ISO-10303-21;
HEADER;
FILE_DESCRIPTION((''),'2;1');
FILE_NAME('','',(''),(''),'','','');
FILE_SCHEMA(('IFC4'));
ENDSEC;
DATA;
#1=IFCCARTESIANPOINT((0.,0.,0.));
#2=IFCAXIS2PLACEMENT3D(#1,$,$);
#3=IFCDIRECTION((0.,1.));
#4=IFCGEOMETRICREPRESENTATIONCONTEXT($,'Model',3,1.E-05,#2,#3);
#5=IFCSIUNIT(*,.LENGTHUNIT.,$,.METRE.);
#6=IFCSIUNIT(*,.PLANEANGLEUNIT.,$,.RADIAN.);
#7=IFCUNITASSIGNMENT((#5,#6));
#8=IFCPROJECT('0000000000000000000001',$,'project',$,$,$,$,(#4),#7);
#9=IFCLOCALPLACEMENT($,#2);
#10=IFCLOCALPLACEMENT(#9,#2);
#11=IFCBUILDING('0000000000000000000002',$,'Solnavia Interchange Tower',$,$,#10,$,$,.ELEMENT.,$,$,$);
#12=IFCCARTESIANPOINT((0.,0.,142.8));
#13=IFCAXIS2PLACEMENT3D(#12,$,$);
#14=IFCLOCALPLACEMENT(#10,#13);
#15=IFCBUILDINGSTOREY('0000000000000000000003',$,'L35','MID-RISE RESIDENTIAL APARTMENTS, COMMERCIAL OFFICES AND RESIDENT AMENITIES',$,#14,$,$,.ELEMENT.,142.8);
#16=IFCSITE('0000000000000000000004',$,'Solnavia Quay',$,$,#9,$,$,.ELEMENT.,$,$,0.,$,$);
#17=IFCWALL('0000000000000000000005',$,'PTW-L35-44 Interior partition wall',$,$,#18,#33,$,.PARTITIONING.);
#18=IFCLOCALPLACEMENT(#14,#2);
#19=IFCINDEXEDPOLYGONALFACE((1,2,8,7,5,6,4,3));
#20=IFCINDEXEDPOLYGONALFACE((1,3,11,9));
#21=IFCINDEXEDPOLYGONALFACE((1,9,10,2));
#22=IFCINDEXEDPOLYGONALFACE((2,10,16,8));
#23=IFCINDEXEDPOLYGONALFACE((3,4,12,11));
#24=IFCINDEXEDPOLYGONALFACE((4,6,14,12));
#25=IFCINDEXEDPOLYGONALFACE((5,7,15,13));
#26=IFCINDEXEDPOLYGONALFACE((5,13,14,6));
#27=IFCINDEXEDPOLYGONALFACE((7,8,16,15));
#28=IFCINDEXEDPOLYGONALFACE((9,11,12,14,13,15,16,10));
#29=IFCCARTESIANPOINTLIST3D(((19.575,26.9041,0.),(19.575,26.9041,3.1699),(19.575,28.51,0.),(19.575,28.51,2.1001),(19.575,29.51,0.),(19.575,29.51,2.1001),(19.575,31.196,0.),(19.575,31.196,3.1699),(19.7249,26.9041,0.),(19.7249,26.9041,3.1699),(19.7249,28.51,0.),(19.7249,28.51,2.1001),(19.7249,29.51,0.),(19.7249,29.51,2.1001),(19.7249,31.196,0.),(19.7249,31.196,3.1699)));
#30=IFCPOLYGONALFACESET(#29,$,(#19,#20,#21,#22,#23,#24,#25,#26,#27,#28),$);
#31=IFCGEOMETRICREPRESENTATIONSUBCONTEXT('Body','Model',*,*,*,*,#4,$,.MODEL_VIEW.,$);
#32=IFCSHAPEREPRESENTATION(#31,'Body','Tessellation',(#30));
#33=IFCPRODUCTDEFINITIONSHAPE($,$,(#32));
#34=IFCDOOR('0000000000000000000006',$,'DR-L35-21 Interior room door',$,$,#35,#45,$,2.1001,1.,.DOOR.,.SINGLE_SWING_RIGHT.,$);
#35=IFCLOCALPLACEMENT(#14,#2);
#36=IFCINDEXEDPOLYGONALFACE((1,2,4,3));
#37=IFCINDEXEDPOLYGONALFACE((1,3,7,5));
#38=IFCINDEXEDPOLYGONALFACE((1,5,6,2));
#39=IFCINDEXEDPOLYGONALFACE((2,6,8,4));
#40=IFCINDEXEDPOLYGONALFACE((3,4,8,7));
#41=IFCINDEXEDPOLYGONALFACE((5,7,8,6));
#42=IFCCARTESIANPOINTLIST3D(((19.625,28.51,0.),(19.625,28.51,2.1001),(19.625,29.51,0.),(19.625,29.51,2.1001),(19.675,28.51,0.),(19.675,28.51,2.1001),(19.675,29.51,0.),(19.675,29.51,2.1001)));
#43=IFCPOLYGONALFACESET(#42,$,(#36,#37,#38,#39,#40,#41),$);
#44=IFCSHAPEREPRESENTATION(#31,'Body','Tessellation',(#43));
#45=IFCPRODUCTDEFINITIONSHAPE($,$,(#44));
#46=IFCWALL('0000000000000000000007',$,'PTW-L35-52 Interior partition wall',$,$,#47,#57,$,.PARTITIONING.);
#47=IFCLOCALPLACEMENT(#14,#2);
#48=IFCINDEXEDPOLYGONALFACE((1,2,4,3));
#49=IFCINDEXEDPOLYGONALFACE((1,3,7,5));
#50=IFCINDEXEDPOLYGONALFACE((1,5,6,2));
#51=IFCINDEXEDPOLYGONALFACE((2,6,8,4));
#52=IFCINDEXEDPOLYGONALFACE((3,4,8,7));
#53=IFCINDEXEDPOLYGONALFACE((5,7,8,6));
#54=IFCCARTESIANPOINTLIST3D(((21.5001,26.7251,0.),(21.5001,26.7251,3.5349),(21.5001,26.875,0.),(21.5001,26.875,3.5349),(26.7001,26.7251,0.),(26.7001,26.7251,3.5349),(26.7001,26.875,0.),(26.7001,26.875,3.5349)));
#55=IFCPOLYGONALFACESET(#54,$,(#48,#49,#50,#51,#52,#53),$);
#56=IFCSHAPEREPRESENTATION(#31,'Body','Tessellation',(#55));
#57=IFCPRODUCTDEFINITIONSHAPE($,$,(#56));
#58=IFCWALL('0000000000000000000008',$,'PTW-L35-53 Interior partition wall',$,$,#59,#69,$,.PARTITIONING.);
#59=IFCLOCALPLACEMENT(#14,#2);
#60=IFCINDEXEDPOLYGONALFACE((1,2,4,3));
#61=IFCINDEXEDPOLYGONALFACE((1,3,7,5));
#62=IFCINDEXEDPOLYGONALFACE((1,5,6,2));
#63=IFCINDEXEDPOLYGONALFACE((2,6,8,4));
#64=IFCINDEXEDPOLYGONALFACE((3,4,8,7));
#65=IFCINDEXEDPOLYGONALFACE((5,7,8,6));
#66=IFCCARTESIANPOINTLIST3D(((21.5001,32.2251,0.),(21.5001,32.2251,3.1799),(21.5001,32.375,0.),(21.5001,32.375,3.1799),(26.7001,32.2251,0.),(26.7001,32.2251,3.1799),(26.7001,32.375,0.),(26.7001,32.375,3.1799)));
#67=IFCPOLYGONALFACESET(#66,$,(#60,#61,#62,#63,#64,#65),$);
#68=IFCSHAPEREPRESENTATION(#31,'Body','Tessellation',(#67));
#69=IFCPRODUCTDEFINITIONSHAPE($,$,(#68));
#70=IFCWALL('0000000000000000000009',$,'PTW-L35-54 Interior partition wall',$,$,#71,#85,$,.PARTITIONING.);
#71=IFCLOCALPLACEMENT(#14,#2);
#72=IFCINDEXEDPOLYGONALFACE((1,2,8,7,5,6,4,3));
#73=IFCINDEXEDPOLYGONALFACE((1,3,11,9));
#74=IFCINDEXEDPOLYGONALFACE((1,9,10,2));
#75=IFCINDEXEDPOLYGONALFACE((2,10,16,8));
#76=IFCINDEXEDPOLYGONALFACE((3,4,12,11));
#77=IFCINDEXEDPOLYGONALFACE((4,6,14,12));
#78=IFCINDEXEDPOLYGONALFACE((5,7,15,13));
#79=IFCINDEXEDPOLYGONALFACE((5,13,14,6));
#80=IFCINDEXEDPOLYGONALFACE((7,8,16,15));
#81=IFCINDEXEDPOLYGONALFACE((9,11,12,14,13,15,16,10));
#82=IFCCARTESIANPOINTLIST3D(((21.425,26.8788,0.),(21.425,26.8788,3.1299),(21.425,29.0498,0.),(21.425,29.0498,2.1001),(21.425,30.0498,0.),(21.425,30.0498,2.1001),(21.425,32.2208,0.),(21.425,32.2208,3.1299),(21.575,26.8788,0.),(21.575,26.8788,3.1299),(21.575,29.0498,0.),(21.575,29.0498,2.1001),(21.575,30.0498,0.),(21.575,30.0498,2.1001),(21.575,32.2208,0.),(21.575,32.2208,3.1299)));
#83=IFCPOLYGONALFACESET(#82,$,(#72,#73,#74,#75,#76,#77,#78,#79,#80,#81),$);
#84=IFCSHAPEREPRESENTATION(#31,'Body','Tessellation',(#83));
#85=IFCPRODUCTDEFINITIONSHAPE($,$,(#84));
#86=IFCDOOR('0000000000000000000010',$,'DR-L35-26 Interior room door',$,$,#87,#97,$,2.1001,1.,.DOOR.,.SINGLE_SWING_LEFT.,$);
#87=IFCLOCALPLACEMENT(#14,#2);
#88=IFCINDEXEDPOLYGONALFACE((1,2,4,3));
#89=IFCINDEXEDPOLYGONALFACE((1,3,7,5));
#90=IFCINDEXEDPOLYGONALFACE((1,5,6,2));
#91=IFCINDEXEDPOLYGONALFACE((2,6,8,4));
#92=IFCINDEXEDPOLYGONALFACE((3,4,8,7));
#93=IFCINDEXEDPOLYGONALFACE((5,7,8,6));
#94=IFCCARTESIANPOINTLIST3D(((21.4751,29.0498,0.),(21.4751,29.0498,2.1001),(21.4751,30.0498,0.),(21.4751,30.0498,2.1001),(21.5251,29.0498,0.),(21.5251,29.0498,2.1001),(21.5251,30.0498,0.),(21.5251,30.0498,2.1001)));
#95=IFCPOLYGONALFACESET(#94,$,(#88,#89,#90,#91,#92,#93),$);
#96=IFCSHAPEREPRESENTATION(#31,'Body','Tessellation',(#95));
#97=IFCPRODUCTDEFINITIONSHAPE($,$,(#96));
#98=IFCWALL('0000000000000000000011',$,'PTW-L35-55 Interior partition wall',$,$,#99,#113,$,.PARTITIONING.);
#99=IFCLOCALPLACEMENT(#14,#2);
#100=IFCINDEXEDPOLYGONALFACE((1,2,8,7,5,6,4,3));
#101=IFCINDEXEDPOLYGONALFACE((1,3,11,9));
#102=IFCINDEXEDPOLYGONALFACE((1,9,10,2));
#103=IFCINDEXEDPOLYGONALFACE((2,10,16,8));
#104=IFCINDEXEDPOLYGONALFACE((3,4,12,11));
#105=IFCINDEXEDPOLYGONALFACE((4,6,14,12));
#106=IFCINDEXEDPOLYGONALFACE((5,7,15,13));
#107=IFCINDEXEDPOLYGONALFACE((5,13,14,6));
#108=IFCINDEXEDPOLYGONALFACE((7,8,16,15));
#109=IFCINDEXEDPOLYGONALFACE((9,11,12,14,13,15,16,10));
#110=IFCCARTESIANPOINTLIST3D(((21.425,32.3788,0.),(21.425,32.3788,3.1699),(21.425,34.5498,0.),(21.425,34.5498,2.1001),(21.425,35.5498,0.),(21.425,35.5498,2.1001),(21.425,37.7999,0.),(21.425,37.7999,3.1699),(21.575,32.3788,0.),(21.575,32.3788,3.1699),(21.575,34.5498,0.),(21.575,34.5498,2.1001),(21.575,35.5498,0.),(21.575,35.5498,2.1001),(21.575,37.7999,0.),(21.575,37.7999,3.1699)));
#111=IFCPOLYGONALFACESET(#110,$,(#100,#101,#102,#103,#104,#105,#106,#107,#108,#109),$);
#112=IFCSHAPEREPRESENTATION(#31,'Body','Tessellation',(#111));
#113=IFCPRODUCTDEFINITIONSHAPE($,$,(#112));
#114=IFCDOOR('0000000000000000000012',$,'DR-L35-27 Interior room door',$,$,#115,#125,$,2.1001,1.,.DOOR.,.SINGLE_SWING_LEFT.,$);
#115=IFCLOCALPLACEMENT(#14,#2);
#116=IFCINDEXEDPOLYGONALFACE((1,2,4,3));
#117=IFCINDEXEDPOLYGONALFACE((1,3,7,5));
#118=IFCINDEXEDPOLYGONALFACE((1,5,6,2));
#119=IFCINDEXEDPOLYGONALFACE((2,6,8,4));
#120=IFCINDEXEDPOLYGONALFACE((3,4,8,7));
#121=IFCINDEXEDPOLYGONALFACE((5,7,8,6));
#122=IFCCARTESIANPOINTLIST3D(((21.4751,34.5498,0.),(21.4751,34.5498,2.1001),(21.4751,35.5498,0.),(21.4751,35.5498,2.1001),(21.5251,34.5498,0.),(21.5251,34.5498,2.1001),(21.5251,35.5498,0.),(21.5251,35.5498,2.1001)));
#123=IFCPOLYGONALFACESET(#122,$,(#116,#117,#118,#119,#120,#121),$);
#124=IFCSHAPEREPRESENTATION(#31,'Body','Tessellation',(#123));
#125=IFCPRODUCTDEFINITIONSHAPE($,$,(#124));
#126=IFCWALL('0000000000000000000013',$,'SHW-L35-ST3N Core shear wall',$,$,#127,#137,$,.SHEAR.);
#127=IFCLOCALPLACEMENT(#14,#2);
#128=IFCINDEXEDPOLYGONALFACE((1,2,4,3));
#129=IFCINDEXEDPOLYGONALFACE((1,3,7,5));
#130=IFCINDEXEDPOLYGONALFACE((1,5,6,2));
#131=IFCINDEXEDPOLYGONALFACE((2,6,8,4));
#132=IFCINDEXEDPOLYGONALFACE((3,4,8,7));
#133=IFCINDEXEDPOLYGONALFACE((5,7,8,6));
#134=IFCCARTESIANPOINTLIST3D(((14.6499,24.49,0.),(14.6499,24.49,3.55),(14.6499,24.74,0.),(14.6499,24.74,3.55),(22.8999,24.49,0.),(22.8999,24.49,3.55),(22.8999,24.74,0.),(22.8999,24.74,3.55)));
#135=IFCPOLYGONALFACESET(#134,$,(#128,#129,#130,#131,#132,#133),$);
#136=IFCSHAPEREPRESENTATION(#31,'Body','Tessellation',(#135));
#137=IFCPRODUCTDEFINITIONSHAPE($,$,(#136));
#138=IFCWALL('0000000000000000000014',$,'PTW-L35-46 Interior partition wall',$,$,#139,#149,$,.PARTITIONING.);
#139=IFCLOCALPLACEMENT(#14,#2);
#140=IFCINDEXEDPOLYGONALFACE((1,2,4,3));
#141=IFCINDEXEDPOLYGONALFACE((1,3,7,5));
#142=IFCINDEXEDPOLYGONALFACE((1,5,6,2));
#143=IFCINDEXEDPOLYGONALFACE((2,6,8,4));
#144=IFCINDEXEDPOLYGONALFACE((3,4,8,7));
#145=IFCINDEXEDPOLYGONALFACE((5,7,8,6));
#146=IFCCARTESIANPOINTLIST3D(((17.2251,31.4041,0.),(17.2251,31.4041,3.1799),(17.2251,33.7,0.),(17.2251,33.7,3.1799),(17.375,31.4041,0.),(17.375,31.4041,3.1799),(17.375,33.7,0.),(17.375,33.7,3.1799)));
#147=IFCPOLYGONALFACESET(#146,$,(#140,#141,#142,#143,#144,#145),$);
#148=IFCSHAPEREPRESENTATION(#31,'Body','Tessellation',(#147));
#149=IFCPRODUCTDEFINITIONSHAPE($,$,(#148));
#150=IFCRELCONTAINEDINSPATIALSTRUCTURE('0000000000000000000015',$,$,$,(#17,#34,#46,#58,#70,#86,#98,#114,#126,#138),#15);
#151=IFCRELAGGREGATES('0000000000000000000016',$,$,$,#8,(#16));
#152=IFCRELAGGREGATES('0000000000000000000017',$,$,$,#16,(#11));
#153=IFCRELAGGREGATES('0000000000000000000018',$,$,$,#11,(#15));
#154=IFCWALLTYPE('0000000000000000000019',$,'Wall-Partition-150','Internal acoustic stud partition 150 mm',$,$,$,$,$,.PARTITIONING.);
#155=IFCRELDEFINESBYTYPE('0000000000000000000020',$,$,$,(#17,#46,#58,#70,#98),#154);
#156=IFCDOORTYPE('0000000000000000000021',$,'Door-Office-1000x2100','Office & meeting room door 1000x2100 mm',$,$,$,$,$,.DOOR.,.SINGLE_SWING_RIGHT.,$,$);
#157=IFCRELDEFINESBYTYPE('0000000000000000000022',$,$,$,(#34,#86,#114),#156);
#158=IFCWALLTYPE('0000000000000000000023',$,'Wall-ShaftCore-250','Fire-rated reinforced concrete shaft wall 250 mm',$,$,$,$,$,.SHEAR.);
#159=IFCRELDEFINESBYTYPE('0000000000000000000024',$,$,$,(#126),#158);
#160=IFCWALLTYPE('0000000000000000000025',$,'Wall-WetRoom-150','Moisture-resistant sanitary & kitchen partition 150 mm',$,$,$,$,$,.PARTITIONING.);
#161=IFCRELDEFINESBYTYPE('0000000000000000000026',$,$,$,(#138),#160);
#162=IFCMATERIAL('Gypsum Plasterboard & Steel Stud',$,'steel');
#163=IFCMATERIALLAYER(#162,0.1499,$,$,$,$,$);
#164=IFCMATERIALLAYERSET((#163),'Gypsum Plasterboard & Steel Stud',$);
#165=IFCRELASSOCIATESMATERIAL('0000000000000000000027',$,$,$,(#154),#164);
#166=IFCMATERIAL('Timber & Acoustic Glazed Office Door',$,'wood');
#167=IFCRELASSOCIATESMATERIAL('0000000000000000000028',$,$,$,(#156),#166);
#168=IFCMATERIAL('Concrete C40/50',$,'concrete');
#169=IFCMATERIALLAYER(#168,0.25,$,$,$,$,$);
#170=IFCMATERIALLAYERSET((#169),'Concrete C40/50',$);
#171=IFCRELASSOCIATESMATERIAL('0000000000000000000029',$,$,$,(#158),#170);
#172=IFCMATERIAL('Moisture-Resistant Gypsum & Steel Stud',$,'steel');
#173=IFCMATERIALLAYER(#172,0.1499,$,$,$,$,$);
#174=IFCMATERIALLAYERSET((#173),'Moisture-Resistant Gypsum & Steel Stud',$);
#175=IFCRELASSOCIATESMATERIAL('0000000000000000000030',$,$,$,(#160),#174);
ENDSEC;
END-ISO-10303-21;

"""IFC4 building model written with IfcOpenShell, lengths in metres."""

from ifc_helpers import new_model, si_unit, direction, frame, frame_2d, origin, place, context, subcontext, project, spatial, rectangle, extrude, material, layer, layer_set, type_object, element, fill, save


model = new_model("IFC4")

# Units and contexts
model_context = context("Model", 3, precision=1e-05, world=origin(), true_north=direction((0.0, 1.0)))
body_context = subcontext(model_context, "Body", "Model", "MODEL_VIEW")
ifc_project = project(units=[si_unit("LENGTHUNIT", "METRE"), si_unit("PLANEANGLEUNIT", "RADIAN")], contexts=[model_context])

# Site, building, storey
site_placement = place(None, origin())
site = spatial("IfcSite", under=ifc_project, at=site_placement, Name="Solnavia Quay", CompositionType="ELEMENT", RefElevation=0.0)
building_placement = place(site_placement, origin())
building = spatial("IfcBuilding", under=site, at=building_placement, Name="Solnavia Interchange Tower", CompositionType="ELEMENT")
storey_placement = place(building_placement, frame((0.0, 0.0, 142.8)))
storey = spatial("IfcBuildingStorey", under=building, at=storey_placement, Name="L35", Description="MID-RISE RESIDENTIAL APARTMENTS, COMMERCIAL OFFICES AND RESIDENT AMENITIES", CompositionType="ELEMENT", Elevation=142.8)

# Wall, opening, door
ifc_material_1 = material(Name="Gypsum Plasterboard & Steel Stud", Category="steel")
ifc_layer_1 = layer(ifc_material_1, 0.1499)
ifc_layer_set_1 = layer_set([ifc_layer_1], Name="Gypsum Plasterboard & Steel Stud")
wall_type_1 = type_object("IfcWallType", Name="Wall-Partition-150", Description="Internal acoustic stud partition 150 mm", PredefinedType="PARTITIONING", material=ifc_layer_set_1)
wall_1_placement = place(storey_placement, frame((19.6499, 26.9041, 0.0), z_axis=(0.0, 0.0, 1.0), x_axis=(0.0, 1.0, 0.0)))
wall_1 = element("IfcWall", 1, at=wall_1_placement, inside=storey, type_object=wall_type_1, Name="PTW-L35-44 Interior partition wall", PredefinedType="PARTITIONING", context=body_context, shape_type="SweptSolid", body=[
    extrude(rectangle(XDim=4.292, YDim=0.1499, at=frame_2d((2.146, 0.0))), origin(), (0.0, 0.0, 1.0), 3.1699),
])
opening_1_placement = place(wall_1_placement, frame((1.606, 0.0, 0.0)))
opening_1 = element("IfcOpeningElement", 2, at=opening_1_placement, cuts=wall_1, PredefinedType="OPENING", context=body_context, shape_type="SweptSolid", body=[
    extrude(rectangle(XDim=1.0, YDim=2.1001, at=frame_2d((0.5, 1.05))), frame((0.0, 0.085, 0.0), z_axis=(0.0, -1.0, 0.0), x_axis=(1.0, 0.0, 0.0)), (0.0, 0.0, 1.0), 0.1699),
])
ifc_material_2 = material(Name="Timber & Acoustic Glazed Office Door", Category="wood")
door_type = type_object("IfcDoorType", Name="Door-Office-1000x2100", Description="Office & meeting room door 1000x2100 mm", OperationType="SINGLE_SWING_RIGHT", PredefinedType="DOOR", material=ifc_material_2)
door_1_placement = place(opening_1_placement, origin())
door_1 = element("IfcDoor", 3, at=door_1_placement, inside=storey, type_object=door_type, Name="DR-L35-21 Interior room door", OperationType="SINGLE_SWING_RIGHT", OverallHeight=2.1001, OverallWidth=1.0, PredefinedType="DOOR", context=body_context, shape_type="SweptSolid", body=[
    extrude(rectangle(XDim=1.0, YDim=2.1001, at=frame_2d((0.5, 1.05))), frame((0.0, 0.0249, 0.0), z_axis=(0.0, -1.0, 0.0), x_axis=(1.0, 0.0, 0.0)), (0.0, 0.0, 1.0), 0.05),
])
fill(opening_1, door_1)

# Walls
wall_2_placement = place(storey_placement, frame((21.5, 26.8, 0.0), z_axis=(0.0, 0.0, 1.0), x_axis=(1.0, 0.0, 0.0)))
element("IfcWall", 4, at=wall_2_placement, inside=storey, type_object=wall_type_1, Name="PTW-L35-52 Interior partition wall", PredefinedType="PARTITIONING", context=body_context, shape_type="SweptSolid", body=[
    extrude(rectangle(XDim=5.2, YDim=0.1499, at=frame_2d((2.6001, 0.0))), origin(), (0.0, 0.0, 1.0), 3.5349),
])
wall_3_placement = place(storey_placement, frame((21.5, 32.3, 0.0), z_axis=(0.0, 0.0, 1.0), x_axis=(1.0, 0.0, 0.0)))
element("IfcWall", 5, at=wall_3_placement, inside=storey, type_object=wall_type_1, Name="PTW-L35-53 Interior partition wall", PredefinedType="PARTITIONING", context=body_context, shape_type="SweptSolid", body=[
    extrude(rectangle(XDim=5.2, YDim=0.1499, at=frame_2d((2.6001, 0.0))), origin(), (0.0, 0.0, 1.0), 3.1799),
])

# Walls, openings, doors
wall_4_placement = place(storey_placement, frame((21.5, 26.8789, 0.0), z_axis=(0.0, 0.0, 1.0), x_axis=(0.0, 1.0, 0.0)))
wall_4 = element("IfcWall", 6, at=wall_4_placement, inside=storey, type_object=wall_type_1, Name="PTW-L35-54 Interior partition wall", PredefinedType="PARTITIONING", context=body_context, shape_type="SweptSolid", body=[
    extrude(rectangle(XDim=5.342, YDim=0.1499, at=frame_2d((2.6709, 0.0))), origin(), (0.0, 0.0, 1.0), 3.1299),
])
opening_2_placement = place(wall_4_placement, frame((2.1709, 0.0, 0.0)))
opening_2 = element("IfcOpeningElement", 7, at=opening_2_placement, cuts=wall_4, PredefinedType="OPENING", context=body_context, shape_type="SweptSolid", body=[
    extrude(rectangle(XDim=1.0, YDim=2.1001, at=frame_2d((0.5, 1.05))), frame((0.0, 0.085, 0.0), z_axis=(0.0, -1.0, 0.0), x_axis=(1.0, 0.0, 0.0)), (0.0, 0.0, 1.0), 0.1699),
])
door_2_placement = place(opening_2_placement, origin())
door_2 = element("IfcDoor", 8, at=door_2_placement, inside=storey, type_object=door_type, Name="DR-L35-26 Interior room door", OperationType="SINGLE_SWING_LEFT", OverallHeight=2.1001, OverallWidth=1.0, PredefinedType="DOOR", context=body_context, shape_type="SweptSolid", body=[
    extrude(rectangle(XDim=1.0, YDim=2.1001, at=frame_2d((0.5, 1.05))), frame((0.0, 0.0249, 0.0), z_axis=(0.0, -1.0, 0.0), x_axis=(1.0, 0.0, 0.0)), (0.0, 0.0, 1.0), 0.05),
])
fill(opening_2, door_2)
wall_5_placement = place(storey_placement, frame((21.5, 32.3789, 0.0), z_axis=(0.0, 0.0, 1.0), x_axis=(0.0, 1.0, 0.0)))
wall_5 = element("IfcWall", 9, at=wall_5_placement, inside=storey, type_object=wall_type_1, Name="PTW-L35-55 Interior partition wall", PredefinedType="PARTITIONING", context=body_context, shape_type="SweptSolid", body=[
    extrude(rectangle(XDim=5.4211, YDim=0.1499, at=frame_2d((2.7104, 0.0))), origin(), (0.0, 0.0, 1.0), 3.1699),
])
opening_3_placement = place(wall_5_placement, frame((2.1709, 0.0, 0.0)))
opening_3 = element("IfcOpeningElement", 10, at=opening_3_placement, cuts=wall_5, PredefinedType="OPENING", context=body_context, shape_type="SweptSolid", body=[
    extrude(rectangle(XDim=1.0, YDim=2.1001, at=frame_2d((0.5, 1.05))), frame((0.0, 0.085, 0.0), z_axis=(0.0, -1.0, 0.0), x_axis=(1.0, 0.0, 0.0)), (0.0, 0.0, 1.0), 0.1699),
])
door_3_placement = place(opening_3_placement, origin())
door_3 = element("IfcDoor", 11, at=door_3_placement, inside=storey, type_object=door_type, Name="DR-L35-27 Interior room door", OperationType="SINGLE_SWING_LEFT", OverallHeight=2.1001, OverallWidth=1.0, PredefinedType="DOOR", context=body_context, shape_type="SweptSolid", body=[
    extrude(rectangle(XDim=1.0, YDim=2.1001, at=frame_2d((0.5, 1.05))), frame((0.0, 0.0249, 0.0), z_axis=(0.0, -1.0, 0.0), x_axis=(1.0, 0.0, 0.0)), (0.0, 0.0, 1.0), 0.05),
])
fill(opening_3, door_3)

# Walls
ifc_material_3 = material(Name="Concrete C40/50", Category="concrete")
ifc_layer_2 = layer(ifc_material_3, 0.25)
ifc_layer_set_2 = layer_set([ifc_layer_2], Name="Concrete C40/50")
wall_type_2 = type_object("IfcWallType", Name="Wall-ShaftCore-250", Description="Fire-rated reinforced concrete shaft wall 250 mm", PredefinedType="SHEAR", material=ifc_layer_set_2)
wall_6_placement = place(storey_placement, frame((14.6499, 24.615, 0.0), z_axis=(0.0, 0.0, 1.0), x_axis=(1.0, 0.0, 0.0)))
element("IfcWall", 12, at=wall_6_placement, inside=storey, type_object=wall_type_2, Name="SHW-L35-ST3N Core shear wall", PredefinedType="SHEAR", context=body_context, shape_type="SweptSolid", body=[
    extrude(rectangle(XDim=8.25, YDim=0.25, at=frame_2d((4.125, 0.0))), origin(), (0.0, 0.0, 1.0), 3.55),
])
ifc_material_4 = material(Name="Moisture-Resistant Gypsum & Steel Stud", Category="steel")
ifc_layer_3 = layer(ifc_material_4, 0.1499)
ifc_layer_set_3 = layer_set([ifc_layer_3], Name="Moisture-Resistant Gypsum & Steel Stud")
wall_type_3 = type_object("IfcWallType", Name="Wall-WetRoom-150", Description="Moisture-resistant sanitary & kitchen partition 150 mm", PredefinedType="PARTITIONING", material=ifc_layer_set_3)
wall_7_placement = place(storey_placement, frame((17.3, 31.4041, 0.0), z_axis=(0.0, 0.0, 1.0), x_axis=(0.0, 1.0, 0.0)))
element("IfcWall", 13, at=wall_7_placement, inside=storey, type_object=wall_type_3, Name="PTW-L35-46 Interior partition wall", PredefinedType="PARTITIONING", context=body_context, shape_type="SweptSolid", body=[
    extrude(rectangle(XDim=2.2959, YDim=0.1499, at=frame_2d((1.1479, 0.0))), origin(), (0.0, 0.0, 1.0), 3.1799),
])

save(model, "model.ifc")
